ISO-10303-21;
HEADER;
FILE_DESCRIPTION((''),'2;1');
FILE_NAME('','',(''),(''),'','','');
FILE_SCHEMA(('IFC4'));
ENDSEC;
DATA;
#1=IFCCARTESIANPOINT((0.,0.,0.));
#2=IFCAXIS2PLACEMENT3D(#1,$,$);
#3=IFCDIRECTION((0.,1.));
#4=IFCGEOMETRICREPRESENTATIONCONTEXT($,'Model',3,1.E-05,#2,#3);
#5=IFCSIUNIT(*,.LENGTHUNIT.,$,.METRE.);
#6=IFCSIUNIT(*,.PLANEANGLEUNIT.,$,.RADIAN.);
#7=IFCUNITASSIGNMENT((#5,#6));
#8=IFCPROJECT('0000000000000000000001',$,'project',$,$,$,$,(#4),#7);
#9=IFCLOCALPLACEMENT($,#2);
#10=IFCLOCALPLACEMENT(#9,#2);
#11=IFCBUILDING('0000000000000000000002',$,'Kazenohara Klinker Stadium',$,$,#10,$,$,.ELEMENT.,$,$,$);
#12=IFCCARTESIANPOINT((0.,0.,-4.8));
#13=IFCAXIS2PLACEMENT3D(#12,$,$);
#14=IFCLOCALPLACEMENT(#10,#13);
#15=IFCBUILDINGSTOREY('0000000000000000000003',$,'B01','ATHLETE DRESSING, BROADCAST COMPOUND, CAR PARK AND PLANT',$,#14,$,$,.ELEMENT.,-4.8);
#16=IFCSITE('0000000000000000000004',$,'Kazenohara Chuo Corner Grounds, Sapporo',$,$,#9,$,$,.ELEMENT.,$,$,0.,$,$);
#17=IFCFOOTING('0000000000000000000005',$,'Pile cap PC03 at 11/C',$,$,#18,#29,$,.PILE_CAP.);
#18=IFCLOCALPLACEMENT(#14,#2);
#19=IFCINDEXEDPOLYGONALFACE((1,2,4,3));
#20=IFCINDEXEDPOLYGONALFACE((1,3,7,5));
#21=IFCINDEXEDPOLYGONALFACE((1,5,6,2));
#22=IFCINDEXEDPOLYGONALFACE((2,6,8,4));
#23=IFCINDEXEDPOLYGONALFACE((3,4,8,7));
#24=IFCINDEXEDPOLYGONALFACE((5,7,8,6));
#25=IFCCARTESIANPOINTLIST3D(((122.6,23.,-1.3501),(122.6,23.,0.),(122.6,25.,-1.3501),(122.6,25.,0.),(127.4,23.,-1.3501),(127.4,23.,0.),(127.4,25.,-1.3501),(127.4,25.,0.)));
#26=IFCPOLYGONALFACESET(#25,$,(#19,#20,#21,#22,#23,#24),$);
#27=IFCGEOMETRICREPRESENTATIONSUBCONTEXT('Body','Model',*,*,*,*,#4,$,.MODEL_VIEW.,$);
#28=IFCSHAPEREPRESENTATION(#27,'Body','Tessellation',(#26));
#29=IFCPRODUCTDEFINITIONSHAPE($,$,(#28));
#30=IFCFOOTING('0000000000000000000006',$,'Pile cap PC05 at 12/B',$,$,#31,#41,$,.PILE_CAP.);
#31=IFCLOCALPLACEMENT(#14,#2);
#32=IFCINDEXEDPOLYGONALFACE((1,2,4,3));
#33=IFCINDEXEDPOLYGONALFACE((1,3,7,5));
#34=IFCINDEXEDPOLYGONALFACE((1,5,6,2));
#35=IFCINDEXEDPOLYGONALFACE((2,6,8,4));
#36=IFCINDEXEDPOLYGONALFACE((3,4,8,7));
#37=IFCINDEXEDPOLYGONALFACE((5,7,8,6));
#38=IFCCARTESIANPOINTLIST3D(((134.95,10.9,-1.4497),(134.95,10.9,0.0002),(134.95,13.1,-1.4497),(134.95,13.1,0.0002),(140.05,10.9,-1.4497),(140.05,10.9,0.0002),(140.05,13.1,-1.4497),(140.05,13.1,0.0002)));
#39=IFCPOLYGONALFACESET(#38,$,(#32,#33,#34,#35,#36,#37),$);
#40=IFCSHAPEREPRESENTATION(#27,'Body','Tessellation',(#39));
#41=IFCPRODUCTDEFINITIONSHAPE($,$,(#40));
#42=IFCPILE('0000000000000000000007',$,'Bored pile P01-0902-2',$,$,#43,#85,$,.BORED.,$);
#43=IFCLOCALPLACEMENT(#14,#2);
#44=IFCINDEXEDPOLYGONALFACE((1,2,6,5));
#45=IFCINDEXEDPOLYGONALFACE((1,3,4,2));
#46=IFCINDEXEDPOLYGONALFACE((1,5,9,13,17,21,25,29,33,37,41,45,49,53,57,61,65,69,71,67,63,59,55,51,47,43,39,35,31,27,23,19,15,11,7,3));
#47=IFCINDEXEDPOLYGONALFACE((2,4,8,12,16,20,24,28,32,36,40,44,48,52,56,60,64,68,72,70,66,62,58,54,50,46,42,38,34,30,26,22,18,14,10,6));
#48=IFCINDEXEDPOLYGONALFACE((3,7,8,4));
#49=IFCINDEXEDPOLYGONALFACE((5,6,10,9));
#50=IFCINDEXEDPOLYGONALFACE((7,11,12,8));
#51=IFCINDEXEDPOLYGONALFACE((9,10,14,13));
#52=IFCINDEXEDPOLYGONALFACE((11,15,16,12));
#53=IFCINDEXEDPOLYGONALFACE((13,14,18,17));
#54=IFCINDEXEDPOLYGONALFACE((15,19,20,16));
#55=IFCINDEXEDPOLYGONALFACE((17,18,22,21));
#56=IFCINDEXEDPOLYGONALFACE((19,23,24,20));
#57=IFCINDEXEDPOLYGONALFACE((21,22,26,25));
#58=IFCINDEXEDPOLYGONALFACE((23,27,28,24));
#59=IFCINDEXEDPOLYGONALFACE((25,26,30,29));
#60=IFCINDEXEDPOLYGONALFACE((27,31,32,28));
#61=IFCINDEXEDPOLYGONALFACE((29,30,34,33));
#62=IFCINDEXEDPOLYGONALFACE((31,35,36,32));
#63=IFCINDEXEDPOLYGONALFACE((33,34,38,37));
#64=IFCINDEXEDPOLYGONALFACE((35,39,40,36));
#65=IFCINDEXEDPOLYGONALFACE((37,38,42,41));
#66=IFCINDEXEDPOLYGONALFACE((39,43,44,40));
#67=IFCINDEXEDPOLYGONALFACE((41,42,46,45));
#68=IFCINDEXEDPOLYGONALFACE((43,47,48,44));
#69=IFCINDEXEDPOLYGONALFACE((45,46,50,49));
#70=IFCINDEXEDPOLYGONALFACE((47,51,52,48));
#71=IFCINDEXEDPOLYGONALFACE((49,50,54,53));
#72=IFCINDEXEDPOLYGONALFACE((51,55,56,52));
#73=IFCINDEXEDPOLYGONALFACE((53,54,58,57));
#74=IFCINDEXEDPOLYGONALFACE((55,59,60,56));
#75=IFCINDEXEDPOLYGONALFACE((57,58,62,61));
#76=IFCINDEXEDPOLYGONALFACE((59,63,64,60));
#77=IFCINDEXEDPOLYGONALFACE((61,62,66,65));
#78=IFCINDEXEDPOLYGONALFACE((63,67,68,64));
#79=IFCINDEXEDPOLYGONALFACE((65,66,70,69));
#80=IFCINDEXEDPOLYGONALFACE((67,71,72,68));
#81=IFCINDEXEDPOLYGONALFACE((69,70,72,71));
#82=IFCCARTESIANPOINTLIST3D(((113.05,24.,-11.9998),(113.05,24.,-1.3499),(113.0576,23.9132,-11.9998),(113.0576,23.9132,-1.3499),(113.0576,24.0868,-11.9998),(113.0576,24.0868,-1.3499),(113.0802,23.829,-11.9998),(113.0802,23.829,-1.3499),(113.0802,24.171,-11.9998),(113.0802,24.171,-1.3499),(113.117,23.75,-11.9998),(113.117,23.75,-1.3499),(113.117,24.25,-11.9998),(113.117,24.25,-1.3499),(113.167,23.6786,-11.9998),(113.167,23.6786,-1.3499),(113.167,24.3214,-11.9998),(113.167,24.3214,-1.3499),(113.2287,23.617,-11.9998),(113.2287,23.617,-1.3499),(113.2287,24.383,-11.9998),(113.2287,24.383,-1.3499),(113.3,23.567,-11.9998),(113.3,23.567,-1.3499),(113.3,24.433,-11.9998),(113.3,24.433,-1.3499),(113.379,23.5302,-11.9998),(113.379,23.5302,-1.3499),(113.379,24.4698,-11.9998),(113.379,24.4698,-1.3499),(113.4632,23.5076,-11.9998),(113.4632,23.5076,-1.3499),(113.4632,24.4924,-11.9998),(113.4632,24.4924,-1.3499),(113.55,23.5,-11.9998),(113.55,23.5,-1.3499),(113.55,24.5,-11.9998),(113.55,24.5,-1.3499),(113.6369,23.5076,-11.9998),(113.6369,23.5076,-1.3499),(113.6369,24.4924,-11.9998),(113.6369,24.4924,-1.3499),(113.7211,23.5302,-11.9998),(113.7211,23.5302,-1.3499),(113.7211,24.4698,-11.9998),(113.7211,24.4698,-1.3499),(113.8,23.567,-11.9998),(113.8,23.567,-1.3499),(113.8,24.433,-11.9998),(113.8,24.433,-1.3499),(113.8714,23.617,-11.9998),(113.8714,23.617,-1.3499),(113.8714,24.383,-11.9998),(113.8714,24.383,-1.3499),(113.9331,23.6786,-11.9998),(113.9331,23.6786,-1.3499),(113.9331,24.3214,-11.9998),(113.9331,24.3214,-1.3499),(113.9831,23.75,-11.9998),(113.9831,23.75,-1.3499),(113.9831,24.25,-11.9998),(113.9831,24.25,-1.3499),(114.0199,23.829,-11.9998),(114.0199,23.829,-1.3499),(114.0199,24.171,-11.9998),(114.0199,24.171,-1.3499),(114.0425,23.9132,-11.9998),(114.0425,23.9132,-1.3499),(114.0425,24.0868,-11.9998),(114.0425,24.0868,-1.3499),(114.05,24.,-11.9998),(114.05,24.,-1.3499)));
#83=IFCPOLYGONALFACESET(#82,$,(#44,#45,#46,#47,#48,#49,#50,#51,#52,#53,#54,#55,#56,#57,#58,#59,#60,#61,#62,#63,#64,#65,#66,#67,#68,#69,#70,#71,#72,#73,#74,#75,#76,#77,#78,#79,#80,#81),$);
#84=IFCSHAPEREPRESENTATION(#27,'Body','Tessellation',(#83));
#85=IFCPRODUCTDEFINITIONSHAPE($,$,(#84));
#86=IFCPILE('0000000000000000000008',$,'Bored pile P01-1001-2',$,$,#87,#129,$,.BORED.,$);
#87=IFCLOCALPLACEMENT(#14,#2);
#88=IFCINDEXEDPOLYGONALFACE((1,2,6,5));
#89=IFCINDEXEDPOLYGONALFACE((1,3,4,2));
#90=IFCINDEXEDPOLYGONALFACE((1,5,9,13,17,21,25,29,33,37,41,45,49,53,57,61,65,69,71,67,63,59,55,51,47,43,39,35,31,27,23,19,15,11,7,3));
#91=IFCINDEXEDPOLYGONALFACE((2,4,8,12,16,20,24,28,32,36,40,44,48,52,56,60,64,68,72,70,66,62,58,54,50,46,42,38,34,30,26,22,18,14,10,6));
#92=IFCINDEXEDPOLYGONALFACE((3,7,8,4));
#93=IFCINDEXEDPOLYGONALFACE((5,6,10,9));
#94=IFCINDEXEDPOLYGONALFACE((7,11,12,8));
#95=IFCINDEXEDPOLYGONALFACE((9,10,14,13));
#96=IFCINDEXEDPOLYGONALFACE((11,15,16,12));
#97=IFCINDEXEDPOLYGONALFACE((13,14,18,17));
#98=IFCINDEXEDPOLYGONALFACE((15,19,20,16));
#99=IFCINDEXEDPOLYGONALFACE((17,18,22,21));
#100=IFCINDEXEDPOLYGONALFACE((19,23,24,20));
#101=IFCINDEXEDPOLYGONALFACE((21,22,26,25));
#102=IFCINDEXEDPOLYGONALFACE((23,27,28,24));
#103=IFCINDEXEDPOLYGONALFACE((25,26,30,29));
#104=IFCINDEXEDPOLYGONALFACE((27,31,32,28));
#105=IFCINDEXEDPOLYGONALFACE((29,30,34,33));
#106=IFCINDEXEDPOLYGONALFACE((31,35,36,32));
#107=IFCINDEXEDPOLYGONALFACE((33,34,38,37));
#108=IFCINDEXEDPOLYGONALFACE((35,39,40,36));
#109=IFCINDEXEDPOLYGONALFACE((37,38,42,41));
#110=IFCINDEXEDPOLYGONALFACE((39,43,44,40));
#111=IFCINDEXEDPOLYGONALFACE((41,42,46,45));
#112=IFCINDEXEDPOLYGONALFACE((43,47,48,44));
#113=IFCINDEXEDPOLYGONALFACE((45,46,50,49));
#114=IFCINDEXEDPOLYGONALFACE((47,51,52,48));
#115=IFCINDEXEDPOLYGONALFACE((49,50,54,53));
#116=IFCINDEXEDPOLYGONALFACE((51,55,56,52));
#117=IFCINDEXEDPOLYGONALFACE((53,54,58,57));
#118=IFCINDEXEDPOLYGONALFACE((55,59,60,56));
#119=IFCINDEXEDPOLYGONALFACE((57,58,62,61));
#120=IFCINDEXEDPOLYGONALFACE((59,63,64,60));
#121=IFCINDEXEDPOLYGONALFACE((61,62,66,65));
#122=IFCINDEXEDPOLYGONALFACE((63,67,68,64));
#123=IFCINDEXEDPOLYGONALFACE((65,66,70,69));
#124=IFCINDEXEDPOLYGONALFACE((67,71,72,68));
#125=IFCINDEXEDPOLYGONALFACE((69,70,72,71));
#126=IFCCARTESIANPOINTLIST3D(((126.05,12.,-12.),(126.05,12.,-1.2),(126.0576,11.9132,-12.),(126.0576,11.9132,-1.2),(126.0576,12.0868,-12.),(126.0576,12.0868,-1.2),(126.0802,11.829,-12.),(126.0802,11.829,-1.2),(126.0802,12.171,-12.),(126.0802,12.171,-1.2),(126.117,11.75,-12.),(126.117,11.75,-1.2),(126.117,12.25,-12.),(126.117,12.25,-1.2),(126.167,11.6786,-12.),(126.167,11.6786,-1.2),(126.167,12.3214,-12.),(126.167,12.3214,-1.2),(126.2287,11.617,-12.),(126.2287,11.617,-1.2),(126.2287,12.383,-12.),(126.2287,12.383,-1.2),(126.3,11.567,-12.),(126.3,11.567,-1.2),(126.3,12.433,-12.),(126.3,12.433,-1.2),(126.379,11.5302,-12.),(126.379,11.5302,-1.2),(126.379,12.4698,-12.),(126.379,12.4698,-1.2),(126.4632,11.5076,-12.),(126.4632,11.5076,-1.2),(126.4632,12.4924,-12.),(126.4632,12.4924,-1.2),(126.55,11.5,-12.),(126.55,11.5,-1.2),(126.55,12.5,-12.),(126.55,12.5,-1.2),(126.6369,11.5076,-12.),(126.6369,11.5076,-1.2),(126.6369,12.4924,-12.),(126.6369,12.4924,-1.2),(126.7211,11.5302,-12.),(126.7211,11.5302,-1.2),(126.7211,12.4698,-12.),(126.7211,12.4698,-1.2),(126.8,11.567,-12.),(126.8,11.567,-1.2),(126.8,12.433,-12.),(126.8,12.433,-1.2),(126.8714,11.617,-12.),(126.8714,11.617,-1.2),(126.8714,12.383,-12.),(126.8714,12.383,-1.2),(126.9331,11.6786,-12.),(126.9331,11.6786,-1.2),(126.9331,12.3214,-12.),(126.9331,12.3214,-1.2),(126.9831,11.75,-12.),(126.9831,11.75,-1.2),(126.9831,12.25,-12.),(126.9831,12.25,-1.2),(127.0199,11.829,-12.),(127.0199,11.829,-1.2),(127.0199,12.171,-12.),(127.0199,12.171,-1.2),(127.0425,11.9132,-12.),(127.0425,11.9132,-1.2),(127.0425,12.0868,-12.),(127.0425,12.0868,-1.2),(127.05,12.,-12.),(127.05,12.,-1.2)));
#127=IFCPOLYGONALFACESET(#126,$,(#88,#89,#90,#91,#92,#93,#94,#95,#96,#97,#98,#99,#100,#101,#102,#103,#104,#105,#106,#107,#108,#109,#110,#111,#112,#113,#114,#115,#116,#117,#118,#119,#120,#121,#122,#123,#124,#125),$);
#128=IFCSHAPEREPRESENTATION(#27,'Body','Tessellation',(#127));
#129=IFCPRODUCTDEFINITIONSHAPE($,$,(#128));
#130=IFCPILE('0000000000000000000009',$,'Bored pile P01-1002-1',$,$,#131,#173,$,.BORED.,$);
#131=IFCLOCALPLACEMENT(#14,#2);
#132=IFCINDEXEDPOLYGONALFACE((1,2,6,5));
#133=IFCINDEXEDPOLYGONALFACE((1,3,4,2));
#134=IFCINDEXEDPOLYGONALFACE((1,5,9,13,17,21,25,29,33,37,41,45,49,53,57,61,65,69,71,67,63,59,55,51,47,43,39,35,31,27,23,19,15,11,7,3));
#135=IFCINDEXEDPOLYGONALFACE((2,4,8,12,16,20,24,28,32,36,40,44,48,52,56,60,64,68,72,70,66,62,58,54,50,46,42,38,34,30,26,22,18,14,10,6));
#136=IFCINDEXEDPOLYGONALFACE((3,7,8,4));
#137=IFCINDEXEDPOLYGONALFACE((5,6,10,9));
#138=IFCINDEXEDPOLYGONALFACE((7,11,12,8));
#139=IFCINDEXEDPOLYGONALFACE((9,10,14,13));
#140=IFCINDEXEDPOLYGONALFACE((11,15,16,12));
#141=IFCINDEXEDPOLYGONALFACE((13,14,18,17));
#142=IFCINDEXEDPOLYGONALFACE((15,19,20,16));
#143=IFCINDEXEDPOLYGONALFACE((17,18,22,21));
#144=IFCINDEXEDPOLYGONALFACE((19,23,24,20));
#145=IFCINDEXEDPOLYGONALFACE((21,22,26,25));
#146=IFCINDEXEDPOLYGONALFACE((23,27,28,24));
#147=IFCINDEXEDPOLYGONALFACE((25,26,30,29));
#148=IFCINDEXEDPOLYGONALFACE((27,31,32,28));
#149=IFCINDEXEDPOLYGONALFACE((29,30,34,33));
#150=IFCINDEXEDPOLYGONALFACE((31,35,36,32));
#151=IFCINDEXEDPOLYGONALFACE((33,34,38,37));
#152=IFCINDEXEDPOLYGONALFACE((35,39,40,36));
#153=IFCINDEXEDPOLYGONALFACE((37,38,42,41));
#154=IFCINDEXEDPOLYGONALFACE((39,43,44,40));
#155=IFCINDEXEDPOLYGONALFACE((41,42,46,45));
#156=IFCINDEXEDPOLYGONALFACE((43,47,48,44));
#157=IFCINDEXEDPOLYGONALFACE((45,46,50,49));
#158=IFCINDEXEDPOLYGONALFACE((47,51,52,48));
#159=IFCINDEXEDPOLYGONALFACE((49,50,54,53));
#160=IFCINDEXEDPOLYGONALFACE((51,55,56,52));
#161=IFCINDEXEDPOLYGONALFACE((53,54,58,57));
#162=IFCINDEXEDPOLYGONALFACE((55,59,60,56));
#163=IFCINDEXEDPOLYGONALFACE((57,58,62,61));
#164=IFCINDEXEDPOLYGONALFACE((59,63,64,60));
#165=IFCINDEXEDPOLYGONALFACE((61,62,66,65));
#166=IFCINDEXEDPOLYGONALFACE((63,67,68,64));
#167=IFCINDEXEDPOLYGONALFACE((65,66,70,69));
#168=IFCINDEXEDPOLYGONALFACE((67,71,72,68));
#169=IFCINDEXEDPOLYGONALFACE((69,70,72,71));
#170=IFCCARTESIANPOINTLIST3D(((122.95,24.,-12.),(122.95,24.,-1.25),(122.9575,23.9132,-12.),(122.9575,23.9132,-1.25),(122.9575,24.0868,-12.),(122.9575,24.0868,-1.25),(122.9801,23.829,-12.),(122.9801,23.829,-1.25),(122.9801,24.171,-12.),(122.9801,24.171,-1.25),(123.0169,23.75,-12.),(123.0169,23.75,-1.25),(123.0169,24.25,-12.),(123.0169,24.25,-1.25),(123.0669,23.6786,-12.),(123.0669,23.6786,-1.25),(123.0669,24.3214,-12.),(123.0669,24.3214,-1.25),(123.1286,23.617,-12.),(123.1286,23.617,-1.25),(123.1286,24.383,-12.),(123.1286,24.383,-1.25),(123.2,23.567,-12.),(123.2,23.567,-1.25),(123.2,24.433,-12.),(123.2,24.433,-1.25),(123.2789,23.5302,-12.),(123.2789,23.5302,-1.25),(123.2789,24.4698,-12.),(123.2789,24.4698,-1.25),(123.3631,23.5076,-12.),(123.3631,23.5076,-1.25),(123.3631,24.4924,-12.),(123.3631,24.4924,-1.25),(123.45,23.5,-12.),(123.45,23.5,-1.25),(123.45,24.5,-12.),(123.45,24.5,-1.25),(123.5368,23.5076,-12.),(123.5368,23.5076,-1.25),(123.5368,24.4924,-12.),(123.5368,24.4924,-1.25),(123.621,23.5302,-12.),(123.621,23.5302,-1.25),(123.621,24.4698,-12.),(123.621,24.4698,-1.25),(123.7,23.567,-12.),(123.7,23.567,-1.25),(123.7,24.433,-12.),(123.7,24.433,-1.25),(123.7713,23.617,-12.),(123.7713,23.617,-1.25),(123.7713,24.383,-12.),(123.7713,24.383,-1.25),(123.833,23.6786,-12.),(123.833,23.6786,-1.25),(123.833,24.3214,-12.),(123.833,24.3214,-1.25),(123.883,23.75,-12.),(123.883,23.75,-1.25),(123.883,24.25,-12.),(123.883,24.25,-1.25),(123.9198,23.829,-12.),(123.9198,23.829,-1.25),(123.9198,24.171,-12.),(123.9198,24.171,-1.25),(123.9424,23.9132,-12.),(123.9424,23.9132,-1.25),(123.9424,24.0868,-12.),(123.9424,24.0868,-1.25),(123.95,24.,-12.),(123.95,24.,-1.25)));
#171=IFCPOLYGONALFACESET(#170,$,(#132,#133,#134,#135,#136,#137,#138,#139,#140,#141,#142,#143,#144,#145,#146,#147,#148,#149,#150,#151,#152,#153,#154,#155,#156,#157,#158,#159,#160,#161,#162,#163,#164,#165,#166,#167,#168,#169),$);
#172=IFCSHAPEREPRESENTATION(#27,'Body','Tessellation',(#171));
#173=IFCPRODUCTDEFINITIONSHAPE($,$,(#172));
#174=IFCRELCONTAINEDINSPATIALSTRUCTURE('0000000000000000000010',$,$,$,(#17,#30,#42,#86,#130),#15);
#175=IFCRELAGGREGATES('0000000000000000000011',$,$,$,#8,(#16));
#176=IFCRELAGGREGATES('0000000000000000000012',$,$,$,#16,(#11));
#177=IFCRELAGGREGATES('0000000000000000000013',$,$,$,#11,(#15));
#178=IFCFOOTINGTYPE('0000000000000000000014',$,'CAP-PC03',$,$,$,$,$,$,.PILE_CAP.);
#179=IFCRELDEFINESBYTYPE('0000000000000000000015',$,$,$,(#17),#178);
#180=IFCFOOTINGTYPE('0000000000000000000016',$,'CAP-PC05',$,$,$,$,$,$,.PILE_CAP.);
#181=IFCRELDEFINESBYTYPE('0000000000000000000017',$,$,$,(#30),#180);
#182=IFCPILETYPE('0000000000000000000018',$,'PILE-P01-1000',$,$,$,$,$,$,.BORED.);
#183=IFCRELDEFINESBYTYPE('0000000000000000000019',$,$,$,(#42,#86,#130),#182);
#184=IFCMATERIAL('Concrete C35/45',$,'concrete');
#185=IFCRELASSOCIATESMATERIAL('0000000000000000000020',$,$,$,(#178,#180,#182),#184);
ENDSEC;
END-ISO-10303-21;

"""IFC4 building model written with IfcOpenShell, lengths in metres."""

from ifc_helpers import new_model, si_unit, direction, frame, origin, origin_2d, place, context, subcontext, project, spatial, rectangle, circle, extrude, material, material_profile, profile_set, type_object, element, save


model = new_model("IFC4")

# Units and contexts
model_context = context("Model", 3, precision=1e-05, world=origin(), true_north=direction((0.0, 1.0)))
body_context = subcontext(model_context, "Body", "Model", "MODEL_VIEW")
ifc_project = project(units=[si_unit("LENGTHUNIT", "METRE"), si_unit("PLANEANGLEUNIT", "RADIAN")], contexts=[model_context])

# Site, building, storey
site_placement = place(None, origin())
site = spatial("IfcSite", under=ifc_project, at=site_placement, Name="Kazenohara Chuo Corner Grounds, Sapporo", CompositionType="ELEMENT", RefElevation=0.0)
building_placement = place(site_placement, origin())
building = spatial("IfcBuilding", under=site, at=building_placement, Name="Kazenohara Klinker Stadium", CompositionType="ELEMENT")
storey_placement = place(building_placement, frame((0.0, 0.0, -4.8)))
storey = spatial("IfcBuildingStorey", under=building, at=storey_placement, Name="B01", Description="ATHLETE DRESSING, BROADCAST COMPOUND, CAR PARK AND PLANT", CompositionType="ELEMENT", Elevation=-4.8)

# Footings
ifc_material_1 = material(Name="Concrete C35/45", Category="concrete")
footing_type_1 = type_object("IfcFootingType", Name="CAP-PC03", PredefinedType="PILE_CAP", material=ifc_material_1)
footing_1_placement = place(storey_placement, frame((125.0, 24.0, -1.3501), z_axis=(0.0, 0.0, 1.0), x_axis=(1.0, 0.0, 0.0)))
element("IfcFooting", 1, at=footing_1_placement, inside=storey, type_object=footing_type_1, Name="Pile cap PC03 at 11/C", PredefinedType="PILE_CAP", context=body_context, shape_type="SweptSolid", body=[
    extrude(rectangle(XDim=4.8, YDim=2.0, at=origin_2d()), origin(), (0.0, 0.0, 1.0), 1.3501),
])
footing_type_2 = type_object("IfcFootingType", Name="CAP-PC05", PredefinedType="PILE_CAP", material=ifc_material_1)
footing_2_placement = place(storey_placement, frame((137.5, 12.0, -1.4497), z_axis=(0.0, 0.0, 1.0), x_axis=(1.0, 0.0, 0.0)))
element("IfcFooting", 2, at=footing_2_placement, inside=storey, type_object=footing_type_2, Name="Pile cap PC05 at 12/B", PredefinedType="PILE_CAP", context=body_context, shape_type="SweptSolid", body=[
    extrude(rectangle(XDim=5.1001, YDim=2.2, at=origin_2d()), origin(), (0.0, 0.0, 1.0), 1.45),
])

# Piles
ifc_material_profile_1 = material_profile(ifc_material_1, circle(Radius=0.5, at=origin_2d()), Name="BORED-PILE-1000")
ifc_profile_set_1 = profile_set([ifc_material_profile_1], Name="Concrete C35/45")
pile_type = type_object("IfcPileType", Name="PILE-P01-1000", PredefinedType="BORED", material=ifc_profile_set_1)
pile_1_placement = place(storey_placement, frame((113.55, 24.0, -1.3499), z_axis=(0.0, 0.0, -1.0), x_axis=(1.0, 0.0, 0.0)))
element("IfcPile", 3, at=pile_1_placement, inside=storey, type_object=pile_type, Name="Bored pile P01-0902-2", PredefinedType="BORED", context=body_context, shape_type="SweptSolid", body=[
    extrude(circle(Radius=0.5, at=origin_2d()), origin(), (0.0, 0.0, 1.0), 10.6499),
])
pile_2_placement = place(storey_placement, frame((126.55, 12.0, -1.2), z_axis=(0.0, 0.0, -1.0), x_axis=(1.0, 0.0, 0.0)))
element("IfcPile", 4, at=pile_2_placement, inside=storey, type_object=pile_type, Name="Bored pile P01-1001-2", PredefinedType="BORED", context=body_context, shape_type="SweptSolid", body=[
    extrude(circle(Radius=0.5, at=origin_2d()), origin(), (0.0, 0.0, 1.0), 10.8),
])
for number, where, z_axis, x_axis, name in (
    (5, (123.45, 24.0, -1.25), (0.0, 0.0, -1.0), (1.0, 0.0, 0.0), "Bored pile P01-1002-1"),
):
    element("IfcPile", number, at=place(storey_placement, frame(where, z_axis=z_axis, x_axis=x_axis)), inside=storey, type_object=pile_type, Name=name, PredefinedType="BORED", context=body_context, shape_type="SweptSolid", body=[
        extrude(circle(Radius=0.5, at=origin_2d()), origin(), (0.0, 0.0, 1.0), 10.75),
    ])

save(model, "model.ifc")
